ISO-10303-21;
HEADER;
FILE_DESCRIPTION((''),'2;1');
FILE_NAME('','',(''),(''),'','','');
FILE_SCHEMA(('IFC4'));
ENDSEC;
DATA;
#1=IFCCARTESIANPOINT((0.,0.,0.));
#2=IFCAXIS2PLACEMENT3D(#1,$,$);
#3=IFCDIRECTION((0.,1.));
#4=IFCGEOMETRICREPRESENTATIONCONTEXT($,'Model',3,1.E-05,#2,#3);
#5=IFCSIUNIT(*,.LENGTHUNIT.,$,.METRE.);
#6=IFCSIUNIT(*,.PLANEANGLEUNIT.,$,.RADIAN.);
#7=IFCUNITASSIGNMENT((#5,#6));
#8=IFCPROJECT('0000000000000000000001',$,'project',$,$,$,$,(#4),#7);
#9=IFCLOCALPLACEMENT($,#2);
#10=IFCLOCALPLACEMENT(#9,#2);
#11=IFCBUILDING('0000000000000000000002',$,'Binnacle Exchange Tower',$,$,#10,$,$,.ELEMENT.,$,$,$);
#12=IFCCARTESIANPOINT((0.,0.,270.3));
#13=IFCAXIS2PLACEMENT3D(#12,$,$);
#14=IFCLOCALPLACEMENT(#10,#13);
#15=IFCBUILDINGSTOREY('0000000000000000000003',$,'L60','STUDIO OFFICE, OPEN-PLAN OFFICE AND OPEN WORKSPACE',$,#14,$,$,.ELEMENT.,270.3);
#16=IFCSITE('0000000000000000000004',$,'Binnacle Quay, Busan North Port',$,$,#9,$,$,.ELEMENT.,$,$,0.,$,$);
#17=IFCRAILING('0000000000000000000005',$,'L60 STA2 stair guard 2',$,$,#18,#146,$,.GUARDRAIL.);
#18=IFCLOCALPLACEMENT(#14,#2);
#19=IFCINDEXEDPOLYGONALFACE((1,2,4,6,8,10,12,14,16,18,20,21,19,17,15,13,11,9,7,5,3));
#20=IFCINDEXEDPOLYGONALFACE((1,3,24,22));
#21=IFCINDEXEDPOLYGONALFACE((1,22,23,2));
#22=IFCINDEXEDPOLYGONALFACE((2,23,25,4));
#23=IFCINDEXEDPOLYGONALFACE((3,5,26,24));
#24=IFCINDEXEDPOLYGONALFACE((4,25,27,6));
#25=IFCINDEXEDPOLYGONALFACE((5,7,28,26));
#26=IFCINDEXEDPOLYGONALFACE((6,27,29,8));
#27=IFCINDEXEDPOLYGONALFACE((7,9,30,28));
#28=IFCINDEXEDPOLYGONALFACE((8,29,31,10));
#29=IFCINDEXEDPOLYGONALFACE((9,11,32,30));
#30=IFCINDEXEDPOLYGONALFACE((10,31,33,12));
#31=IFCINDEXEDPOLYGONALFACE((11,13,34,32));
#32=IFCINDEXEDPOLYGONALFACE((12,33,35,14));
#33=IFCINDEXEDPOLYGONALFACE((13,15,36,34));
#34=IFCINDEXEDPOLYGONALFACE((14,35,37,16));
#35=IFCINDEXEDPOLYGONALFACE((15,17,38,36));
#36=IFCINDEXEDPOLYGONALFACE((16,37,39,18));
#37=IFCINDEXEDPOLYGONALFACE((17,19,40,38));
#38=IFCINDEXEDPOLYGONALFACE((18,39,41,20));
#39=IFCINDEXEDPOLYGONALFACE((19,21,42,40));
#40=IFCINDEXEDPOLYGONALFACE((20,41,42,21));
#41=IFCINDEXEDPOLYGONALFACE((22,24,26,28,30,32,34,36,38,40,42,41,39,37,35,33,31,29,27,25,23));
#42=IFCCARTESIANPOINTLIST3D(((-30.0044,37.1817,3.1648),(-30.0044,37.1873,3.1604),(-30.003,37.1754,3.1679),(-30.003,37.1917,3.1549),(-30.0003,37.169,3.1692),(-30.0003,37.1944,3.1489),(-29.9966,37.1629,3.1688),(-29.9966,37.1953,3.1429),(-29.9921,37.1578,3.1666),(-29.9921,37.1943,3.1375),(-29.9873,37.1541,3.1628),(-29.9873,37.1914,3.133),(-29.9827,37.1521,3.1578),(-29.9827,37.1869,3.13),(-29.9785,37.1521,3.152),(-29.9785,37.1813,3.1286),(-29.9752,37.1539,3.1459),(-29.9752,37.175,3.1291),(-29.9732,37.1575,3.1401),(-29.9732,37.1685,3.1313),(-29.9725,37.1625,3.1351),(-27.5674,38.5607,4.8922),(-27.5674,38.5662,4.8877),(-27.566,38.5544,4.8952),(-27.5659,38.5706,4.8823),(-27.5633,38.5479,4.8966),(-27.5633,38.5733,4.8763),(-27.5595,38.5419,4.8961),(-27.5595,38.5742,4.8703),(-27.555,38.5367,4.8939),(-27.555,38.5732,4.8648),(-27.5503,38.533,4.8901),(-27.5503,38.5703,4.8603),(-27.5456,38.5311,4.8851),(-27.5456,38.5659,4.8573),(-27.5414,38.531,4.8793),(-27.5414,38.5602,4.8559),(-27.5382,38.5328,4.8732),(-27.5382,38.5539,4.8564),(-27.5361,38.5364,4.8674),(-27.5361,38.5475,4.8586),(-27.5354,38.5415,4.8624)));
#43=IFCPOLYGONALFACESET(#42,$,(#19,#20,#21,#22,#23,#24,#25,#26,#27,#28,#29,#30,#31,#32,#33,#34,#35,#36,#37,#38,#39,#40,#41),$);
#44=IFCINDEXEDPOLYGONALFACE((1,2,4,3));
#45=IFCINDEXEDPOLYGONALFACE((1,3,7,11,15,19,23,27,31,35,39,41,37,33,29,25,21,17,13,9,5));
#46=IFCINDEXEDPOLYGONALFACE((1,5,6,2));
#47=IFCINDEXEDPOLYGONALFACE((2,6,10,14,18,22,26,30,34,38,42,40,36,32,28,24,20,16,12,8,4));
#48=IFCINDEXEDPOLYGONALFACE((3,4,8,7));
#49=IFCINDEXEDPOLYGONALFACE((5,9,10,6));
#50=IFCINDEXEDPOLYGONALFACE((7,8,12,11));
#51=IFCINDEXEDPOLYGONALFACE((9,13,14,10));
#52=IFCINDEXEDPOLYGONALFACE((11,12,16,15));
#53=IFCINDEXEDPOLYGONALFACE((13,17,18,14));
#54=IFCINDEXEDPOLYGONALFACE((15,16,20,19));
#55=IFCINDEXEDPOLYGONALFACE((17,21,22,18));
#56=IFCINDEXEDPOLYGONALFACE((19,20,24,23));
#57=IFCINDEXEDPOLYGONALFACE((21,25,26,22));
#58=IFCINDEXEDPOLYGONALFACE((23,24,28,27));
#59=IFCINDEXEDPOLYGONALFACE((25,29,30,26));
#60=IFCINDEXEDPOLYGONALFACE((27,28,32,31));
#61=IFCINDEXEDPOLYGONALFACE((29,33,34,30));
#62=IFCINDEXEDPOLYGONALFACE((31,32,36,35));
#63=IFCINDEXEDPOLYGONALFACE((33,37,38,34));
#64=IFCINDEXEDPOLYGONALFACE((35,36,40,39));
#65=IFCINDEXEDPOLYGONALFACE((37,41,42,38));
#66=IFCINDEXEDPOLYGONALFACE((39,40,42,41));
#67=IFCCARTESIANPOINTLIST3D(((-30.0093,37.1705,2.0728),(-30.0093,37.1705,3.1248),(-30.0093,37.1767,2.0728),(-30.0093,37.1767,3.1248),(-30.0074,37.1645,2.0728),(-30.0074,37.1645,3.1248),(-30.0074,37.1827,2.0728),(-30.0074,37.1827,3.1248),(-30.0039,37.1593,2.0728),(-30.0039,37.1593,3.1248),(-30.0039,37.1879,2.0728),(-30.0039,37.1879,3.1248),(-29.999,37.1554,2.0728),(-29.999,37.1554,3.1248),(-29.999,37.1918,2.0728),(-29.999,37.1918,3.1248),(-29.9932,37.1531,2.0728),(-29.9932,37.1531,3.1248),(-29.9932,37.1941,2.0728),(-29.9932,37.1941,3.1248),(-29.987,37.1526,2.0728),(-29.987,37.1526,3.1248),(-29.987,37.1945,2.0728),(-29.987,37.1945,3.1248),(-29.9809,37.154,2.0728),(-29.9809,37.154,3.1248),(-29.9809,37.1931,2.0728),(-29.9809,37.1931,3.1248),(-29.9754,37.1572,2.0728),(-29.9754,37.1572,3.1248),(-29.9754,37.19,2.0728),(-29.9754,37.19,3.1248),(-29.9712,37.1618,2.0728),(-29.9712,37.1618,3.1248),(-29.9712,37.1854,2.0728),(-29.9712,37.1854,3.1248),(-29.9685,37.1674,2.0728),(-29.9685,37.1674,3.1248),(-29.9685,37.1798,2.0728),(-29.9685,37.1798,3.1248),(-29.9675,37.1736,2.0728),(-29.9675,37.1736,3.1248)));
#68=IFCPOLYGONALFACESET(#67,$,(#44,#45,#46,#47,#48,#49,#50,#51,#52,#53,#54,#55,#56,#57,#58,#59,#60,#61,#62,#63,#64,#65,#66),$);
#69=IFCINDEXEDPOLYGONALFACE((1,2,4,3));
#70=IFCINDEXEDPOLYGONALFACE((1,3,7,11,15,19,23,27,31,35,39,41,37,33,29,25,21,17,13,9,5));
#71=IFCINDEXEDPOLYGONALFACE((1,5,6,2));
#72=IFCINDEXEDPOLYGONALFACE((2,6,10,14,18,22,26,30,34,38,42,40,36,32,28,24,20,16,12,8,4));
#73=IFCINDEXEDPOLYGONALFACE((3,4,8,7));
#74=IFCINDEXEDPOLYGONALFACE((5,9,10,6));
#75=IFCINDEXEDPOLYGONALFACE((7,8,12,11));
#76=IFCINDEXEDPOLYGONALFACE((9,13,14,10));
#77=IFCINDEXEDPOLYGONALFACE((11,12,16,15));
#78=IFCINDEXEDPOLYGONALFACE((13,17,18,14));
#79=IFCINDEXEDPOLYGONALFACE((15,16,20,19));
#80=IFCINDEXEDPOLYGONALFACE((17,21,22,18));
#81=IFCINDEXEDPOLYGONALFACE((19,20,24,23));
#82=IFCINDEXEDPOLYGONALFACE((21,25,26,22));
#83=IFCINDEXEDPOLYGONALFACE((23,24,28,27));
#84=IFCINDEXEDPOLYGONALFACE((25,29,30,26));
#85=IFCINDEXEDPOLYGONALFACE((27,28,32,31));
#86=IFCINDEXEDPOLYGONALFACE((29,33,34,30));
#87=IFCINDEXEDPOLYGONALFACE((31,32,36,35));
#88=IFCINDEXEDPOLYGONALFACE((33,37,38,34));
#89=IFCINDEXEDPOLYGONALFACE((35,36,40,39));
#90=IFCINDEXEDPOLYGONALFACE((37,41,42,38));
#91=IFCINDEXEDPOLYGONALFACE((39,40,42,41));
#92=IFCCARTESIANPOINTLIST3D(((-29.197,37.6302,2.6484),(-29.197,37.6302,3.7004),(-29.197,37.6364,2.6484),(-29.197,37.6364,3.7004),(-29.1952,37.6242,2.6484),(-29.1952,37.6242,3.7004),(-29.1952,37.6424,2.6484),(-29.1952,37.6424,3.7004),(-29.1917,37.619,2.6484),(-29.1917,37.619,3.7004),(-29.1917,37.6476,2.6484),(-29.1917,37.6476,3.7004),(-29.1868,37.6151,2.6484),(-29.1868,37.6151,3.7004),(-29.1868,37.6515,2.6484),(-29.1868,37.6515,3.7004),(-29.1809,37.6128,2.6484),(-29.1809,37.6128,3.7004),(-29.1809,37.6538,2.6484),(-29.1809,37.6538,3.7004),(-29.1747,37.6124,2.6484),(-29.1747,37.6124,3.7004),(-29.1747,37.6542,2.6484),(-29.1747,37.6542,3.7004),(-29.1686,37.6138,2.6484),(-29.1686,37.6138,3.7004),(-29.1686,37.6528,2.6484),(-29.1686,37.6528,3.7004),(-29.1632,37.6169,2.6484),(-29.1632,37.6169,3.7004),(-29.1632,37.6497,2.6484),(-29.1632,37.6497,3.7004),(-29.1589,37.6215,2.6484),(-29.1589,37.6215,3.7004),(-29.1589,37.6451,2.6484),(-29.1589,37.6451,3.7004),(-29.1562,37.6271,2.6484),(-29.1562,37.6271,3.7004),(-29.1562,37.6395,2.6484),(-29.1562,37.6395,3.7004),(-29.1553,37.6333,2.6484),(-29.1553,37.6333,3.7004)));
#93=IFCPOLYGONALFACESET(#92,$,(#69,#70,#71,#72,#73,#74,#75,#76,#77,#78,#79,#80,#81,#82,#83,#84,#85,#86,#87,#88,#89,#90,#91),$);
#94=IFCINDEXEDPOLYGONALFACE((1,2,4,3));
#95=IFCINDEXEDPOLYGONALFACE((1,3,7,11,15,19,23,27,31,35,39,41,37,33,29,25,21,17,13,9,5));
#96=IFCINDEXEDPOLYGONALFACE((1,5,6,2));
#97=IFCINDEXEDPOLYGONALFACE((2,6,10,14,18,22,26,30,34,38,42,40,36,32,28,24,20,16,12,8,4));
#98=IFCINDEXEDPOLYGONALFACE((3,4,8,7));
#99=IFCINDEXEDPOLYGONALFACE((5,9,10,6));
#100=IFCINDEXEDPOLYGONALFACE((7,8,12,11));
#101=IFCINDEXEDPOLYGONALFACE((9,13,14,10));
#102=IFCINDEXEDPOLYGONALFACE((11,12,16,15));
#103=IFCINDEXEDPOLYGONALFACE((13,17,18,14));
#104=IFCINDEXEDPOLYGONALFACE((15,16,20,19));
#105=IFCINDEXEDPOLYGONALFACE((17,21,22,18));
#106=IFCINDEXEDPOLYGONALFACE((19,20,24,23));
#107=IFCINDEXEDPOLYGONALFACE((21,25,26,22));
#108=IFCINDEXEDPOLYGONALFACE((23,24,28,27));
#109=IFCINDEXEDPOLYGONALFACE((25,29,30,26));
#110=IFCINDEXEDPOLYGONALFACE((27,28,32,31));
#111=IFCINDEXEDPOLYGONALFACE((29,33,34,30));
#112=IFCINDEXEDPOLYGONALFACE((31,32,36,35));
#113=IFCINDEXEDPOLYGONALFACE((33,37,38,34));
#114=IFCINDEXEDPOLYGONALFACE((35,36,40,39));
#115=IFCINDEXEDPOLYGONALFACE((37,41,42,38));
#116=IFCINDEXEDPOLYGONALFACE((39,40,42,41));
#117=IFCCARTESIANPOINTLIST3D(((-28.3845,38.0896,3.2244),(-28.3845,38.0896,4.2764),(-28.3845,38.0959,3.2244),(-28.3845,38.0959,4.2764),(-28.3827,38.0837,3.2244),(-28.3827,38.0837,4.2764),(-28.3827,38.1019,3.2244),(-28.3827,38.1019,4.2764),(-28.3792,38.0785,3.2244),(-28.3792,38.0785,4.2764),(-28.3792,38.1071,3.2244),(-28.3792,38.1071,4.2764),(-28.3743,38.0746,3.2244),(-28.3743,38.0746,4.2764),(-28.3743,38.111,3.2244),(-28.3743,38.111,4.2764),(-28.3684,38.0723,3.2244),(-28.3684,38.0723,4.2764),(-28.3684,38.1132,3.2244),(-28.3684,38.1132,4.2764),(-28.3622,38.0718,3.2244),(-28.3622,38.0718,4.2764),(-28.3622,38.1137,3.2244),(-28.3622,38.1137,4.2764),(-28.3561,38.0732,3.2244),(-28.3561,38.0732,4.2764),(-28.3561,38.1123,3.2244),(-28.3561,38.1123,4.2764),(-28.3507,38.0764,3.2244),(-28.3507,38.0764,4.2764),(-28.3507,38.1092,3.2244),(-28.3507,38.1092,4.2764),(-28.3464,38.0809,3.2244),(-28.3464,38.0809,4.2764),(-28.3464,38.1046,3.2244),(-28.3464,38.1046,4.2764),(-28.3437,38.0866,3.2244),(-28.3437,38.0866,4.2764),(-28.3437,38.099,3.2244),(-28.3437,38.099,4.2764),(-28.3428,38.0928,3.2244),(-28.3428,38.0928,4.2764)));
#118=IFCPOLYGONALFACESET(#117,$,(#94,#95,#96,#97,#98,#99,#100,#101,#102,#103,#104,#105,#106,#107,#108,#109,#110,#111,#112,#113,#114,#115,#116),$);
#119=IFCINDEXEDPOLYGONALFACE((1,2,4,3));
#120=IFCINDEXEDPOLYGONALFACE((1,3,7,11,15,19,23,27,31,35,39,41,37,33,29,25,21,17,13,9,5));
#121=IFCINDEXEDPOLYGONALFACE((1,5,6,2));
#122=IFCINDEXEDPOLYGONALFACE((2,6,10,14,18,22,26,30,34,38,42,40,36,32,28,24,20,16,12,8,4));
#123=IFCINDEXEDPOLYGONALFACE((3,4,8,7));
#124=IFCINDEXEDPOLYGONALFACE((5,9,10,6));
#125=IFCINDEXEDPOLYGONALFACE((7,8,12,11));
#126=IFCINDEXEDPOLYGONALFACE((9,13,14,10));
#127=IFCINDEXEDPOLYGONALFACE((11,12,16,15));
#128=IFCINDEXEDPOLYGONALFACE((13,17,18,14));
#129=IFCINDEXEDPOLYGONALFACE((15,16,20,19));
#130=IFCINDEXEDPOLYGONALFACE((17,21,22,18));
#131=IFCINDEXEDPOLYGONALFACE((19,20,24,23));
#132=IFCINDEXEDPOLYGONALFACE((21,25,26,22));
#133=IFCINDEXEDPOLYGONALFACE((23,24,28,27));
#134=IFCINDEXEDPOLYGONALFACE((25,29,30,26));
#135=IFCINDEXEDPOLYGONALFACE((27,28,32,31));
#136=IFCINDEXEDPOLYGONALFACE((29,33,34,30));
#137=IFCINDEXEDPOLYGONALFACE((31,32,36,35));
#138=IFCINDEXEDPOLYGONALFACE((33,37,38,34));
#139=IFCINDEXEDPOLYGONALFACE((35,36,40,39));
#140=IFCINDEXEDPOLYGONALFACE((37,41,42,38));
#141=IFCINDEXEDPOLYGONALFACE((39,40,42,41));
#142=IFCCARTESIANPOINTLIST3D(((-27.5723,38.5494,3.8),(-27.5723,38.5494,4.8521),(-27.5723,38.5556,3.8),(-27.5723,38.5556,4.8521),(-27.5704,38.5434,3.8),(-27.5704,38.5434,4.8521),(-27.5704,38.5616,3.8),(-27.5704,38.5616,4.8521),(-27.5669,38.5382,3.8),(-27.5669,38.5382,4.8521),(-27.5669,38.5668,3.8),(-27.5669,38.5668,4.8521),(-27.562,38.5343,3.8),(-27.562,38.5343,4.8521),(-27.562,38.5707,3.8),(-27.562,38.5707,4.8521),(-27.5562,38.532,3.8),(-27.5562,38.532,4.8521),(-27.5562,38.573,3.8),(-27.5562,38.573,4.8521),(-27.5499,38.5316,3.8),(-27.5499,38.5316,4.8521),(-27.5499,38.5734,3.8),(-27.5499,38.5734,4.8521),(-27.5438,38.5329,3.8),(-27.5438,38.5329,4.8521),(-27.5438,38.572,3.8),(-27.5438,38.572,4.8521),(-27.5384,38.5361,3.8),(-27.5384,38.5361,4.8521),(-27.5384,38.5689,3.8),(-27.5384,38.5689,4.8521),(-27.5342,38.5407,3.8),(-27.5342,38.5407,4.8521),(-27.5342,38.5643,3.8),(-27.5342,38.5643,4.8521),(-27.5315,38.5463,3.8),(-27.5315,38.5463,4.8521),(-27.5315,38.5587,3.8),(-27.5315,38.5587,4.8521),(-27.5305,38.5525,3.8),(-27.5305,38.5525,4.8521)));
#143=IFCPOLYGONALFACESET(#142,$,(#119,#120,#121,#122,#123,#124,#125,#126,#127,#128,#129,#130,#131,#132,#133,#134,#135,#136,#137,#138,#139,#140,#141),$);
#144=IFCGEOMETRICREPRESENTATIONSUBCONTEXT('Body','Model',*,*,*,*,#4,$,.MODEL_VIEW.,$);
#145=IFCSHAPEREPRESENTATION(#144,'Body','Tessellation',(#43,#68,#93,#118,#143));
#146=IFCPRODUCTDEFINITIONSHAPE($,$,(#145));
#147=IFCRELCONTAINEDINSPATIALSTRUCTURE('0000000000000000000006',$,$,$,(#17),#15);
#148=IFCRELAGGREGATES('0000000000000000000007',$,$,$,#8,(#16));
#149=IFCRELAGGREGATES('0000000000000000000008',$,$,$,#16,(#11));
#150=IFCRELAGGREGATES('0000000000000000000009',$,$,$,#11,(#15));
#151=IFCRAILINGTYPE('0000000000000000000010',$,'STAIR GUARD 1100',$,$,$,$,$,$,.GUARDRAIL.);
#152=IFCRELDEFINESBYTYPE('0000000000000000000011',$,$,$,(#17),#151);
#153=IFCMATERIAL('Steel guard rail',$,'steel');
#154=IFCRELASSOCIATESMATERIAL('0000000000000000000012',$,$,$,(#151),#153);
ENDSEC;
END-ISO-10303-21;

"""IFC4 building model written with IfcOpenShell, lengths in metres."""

from ifc_helpers import new_model, si_unit, direction, frame, origin, origin_2d, place, context, subcontext, project, spatial, circle, extrude, material, type_object, element, save


model = new_model("IFC4")

# Units and contexts
model_context = context("Model", 3, precision=1e-05, world=origin(), true_north=direction((0.0, 1.0)))
body_context = subcontext(model_context, "Body", "Model", "MODEL_VIEW")
ifc_project = project(units=[si_unit("LENGTHUNIT", "METRE"), si_unit("PLANEANGLEUNIT", "RADIAN")], contexts=[model_context])

# Site, building, storey
site_placement = place(None, origin())
site = spatial("IfcSite", under=ifc_project, at=site_placement, Name="Binnacle Quay, Busan North Port", CompositionType="ELEMENT", RefElevation=0.0)
building_placement = place(site_placement, origin())
building = spatial("IfcBuilding", under=site, at=building_placement, Name="Binnacle Exchange Tower", CompositionType="ELEMENT")
storey_placement = place(building_placement, frame((0.0, 0.0, 270.3)))
storey = spatial("IfcBuildingStorey", under=building, at=storey_placement, Name="L60", Description="STUDIO OFFICE, OPEN-PLAN OFFICE AND OPEN WORKSPACE", CompositionType="ELEMENT", Elevation=270.3)

# Railing
ifc_material_1 = material(Name="Steel guard rail", Category="steel")
railing_type_1 = type_object("IfcRailingType", Name="STAIR GUARD 1100", PredefinedType="GUARDRAIL", material=ifc_material_1)
railing_1_placement = place(storey_placement, frame((-29.9885, 37.1736, 2.0728)))
element("IfcRailing", 1, at=railing_1_placement, inside=storey, type_object=railing_type_1, Name="L60 STA2 stair guard 2", PredefinedType="GUARDRAIL", context=body_context, shape_type="SweptSolid", body=[
    extrude(circle(Radius=0.0239, at=origin_2d()), frame((0.0, 0.0, 1.0762), z_axis=(0.740738, 0.419123, 0.525017), x_axis=(-0.492454, 0.870339, 0.0)), (0.0, 0.0, 1.0), 3.29),
    extrude(circle(Radius=0.021, at=origin_2d()), origin(), (0.0, 0.0, 1.0), 1.052),
    extrude(circle(Radius=0.021, at=origin_2d()), frame((0.8123, 0.4597, 0.5757)), (0.0, 0.0, 1.0), 1.052),
    extrude(circle(Radius=0.021, at=origin_2d()), frame((1.6248, 0.9192, 1.1516)), (0.0, 0.0, 1.0), 1.052),
    extrude(circle(Radius=0.021, at=origin_2d()), frame((2.437, 1.3789, 1.7273)), (0.0, 0.0, 1.0), 1.052),
])

save(model, "model.ifc")
